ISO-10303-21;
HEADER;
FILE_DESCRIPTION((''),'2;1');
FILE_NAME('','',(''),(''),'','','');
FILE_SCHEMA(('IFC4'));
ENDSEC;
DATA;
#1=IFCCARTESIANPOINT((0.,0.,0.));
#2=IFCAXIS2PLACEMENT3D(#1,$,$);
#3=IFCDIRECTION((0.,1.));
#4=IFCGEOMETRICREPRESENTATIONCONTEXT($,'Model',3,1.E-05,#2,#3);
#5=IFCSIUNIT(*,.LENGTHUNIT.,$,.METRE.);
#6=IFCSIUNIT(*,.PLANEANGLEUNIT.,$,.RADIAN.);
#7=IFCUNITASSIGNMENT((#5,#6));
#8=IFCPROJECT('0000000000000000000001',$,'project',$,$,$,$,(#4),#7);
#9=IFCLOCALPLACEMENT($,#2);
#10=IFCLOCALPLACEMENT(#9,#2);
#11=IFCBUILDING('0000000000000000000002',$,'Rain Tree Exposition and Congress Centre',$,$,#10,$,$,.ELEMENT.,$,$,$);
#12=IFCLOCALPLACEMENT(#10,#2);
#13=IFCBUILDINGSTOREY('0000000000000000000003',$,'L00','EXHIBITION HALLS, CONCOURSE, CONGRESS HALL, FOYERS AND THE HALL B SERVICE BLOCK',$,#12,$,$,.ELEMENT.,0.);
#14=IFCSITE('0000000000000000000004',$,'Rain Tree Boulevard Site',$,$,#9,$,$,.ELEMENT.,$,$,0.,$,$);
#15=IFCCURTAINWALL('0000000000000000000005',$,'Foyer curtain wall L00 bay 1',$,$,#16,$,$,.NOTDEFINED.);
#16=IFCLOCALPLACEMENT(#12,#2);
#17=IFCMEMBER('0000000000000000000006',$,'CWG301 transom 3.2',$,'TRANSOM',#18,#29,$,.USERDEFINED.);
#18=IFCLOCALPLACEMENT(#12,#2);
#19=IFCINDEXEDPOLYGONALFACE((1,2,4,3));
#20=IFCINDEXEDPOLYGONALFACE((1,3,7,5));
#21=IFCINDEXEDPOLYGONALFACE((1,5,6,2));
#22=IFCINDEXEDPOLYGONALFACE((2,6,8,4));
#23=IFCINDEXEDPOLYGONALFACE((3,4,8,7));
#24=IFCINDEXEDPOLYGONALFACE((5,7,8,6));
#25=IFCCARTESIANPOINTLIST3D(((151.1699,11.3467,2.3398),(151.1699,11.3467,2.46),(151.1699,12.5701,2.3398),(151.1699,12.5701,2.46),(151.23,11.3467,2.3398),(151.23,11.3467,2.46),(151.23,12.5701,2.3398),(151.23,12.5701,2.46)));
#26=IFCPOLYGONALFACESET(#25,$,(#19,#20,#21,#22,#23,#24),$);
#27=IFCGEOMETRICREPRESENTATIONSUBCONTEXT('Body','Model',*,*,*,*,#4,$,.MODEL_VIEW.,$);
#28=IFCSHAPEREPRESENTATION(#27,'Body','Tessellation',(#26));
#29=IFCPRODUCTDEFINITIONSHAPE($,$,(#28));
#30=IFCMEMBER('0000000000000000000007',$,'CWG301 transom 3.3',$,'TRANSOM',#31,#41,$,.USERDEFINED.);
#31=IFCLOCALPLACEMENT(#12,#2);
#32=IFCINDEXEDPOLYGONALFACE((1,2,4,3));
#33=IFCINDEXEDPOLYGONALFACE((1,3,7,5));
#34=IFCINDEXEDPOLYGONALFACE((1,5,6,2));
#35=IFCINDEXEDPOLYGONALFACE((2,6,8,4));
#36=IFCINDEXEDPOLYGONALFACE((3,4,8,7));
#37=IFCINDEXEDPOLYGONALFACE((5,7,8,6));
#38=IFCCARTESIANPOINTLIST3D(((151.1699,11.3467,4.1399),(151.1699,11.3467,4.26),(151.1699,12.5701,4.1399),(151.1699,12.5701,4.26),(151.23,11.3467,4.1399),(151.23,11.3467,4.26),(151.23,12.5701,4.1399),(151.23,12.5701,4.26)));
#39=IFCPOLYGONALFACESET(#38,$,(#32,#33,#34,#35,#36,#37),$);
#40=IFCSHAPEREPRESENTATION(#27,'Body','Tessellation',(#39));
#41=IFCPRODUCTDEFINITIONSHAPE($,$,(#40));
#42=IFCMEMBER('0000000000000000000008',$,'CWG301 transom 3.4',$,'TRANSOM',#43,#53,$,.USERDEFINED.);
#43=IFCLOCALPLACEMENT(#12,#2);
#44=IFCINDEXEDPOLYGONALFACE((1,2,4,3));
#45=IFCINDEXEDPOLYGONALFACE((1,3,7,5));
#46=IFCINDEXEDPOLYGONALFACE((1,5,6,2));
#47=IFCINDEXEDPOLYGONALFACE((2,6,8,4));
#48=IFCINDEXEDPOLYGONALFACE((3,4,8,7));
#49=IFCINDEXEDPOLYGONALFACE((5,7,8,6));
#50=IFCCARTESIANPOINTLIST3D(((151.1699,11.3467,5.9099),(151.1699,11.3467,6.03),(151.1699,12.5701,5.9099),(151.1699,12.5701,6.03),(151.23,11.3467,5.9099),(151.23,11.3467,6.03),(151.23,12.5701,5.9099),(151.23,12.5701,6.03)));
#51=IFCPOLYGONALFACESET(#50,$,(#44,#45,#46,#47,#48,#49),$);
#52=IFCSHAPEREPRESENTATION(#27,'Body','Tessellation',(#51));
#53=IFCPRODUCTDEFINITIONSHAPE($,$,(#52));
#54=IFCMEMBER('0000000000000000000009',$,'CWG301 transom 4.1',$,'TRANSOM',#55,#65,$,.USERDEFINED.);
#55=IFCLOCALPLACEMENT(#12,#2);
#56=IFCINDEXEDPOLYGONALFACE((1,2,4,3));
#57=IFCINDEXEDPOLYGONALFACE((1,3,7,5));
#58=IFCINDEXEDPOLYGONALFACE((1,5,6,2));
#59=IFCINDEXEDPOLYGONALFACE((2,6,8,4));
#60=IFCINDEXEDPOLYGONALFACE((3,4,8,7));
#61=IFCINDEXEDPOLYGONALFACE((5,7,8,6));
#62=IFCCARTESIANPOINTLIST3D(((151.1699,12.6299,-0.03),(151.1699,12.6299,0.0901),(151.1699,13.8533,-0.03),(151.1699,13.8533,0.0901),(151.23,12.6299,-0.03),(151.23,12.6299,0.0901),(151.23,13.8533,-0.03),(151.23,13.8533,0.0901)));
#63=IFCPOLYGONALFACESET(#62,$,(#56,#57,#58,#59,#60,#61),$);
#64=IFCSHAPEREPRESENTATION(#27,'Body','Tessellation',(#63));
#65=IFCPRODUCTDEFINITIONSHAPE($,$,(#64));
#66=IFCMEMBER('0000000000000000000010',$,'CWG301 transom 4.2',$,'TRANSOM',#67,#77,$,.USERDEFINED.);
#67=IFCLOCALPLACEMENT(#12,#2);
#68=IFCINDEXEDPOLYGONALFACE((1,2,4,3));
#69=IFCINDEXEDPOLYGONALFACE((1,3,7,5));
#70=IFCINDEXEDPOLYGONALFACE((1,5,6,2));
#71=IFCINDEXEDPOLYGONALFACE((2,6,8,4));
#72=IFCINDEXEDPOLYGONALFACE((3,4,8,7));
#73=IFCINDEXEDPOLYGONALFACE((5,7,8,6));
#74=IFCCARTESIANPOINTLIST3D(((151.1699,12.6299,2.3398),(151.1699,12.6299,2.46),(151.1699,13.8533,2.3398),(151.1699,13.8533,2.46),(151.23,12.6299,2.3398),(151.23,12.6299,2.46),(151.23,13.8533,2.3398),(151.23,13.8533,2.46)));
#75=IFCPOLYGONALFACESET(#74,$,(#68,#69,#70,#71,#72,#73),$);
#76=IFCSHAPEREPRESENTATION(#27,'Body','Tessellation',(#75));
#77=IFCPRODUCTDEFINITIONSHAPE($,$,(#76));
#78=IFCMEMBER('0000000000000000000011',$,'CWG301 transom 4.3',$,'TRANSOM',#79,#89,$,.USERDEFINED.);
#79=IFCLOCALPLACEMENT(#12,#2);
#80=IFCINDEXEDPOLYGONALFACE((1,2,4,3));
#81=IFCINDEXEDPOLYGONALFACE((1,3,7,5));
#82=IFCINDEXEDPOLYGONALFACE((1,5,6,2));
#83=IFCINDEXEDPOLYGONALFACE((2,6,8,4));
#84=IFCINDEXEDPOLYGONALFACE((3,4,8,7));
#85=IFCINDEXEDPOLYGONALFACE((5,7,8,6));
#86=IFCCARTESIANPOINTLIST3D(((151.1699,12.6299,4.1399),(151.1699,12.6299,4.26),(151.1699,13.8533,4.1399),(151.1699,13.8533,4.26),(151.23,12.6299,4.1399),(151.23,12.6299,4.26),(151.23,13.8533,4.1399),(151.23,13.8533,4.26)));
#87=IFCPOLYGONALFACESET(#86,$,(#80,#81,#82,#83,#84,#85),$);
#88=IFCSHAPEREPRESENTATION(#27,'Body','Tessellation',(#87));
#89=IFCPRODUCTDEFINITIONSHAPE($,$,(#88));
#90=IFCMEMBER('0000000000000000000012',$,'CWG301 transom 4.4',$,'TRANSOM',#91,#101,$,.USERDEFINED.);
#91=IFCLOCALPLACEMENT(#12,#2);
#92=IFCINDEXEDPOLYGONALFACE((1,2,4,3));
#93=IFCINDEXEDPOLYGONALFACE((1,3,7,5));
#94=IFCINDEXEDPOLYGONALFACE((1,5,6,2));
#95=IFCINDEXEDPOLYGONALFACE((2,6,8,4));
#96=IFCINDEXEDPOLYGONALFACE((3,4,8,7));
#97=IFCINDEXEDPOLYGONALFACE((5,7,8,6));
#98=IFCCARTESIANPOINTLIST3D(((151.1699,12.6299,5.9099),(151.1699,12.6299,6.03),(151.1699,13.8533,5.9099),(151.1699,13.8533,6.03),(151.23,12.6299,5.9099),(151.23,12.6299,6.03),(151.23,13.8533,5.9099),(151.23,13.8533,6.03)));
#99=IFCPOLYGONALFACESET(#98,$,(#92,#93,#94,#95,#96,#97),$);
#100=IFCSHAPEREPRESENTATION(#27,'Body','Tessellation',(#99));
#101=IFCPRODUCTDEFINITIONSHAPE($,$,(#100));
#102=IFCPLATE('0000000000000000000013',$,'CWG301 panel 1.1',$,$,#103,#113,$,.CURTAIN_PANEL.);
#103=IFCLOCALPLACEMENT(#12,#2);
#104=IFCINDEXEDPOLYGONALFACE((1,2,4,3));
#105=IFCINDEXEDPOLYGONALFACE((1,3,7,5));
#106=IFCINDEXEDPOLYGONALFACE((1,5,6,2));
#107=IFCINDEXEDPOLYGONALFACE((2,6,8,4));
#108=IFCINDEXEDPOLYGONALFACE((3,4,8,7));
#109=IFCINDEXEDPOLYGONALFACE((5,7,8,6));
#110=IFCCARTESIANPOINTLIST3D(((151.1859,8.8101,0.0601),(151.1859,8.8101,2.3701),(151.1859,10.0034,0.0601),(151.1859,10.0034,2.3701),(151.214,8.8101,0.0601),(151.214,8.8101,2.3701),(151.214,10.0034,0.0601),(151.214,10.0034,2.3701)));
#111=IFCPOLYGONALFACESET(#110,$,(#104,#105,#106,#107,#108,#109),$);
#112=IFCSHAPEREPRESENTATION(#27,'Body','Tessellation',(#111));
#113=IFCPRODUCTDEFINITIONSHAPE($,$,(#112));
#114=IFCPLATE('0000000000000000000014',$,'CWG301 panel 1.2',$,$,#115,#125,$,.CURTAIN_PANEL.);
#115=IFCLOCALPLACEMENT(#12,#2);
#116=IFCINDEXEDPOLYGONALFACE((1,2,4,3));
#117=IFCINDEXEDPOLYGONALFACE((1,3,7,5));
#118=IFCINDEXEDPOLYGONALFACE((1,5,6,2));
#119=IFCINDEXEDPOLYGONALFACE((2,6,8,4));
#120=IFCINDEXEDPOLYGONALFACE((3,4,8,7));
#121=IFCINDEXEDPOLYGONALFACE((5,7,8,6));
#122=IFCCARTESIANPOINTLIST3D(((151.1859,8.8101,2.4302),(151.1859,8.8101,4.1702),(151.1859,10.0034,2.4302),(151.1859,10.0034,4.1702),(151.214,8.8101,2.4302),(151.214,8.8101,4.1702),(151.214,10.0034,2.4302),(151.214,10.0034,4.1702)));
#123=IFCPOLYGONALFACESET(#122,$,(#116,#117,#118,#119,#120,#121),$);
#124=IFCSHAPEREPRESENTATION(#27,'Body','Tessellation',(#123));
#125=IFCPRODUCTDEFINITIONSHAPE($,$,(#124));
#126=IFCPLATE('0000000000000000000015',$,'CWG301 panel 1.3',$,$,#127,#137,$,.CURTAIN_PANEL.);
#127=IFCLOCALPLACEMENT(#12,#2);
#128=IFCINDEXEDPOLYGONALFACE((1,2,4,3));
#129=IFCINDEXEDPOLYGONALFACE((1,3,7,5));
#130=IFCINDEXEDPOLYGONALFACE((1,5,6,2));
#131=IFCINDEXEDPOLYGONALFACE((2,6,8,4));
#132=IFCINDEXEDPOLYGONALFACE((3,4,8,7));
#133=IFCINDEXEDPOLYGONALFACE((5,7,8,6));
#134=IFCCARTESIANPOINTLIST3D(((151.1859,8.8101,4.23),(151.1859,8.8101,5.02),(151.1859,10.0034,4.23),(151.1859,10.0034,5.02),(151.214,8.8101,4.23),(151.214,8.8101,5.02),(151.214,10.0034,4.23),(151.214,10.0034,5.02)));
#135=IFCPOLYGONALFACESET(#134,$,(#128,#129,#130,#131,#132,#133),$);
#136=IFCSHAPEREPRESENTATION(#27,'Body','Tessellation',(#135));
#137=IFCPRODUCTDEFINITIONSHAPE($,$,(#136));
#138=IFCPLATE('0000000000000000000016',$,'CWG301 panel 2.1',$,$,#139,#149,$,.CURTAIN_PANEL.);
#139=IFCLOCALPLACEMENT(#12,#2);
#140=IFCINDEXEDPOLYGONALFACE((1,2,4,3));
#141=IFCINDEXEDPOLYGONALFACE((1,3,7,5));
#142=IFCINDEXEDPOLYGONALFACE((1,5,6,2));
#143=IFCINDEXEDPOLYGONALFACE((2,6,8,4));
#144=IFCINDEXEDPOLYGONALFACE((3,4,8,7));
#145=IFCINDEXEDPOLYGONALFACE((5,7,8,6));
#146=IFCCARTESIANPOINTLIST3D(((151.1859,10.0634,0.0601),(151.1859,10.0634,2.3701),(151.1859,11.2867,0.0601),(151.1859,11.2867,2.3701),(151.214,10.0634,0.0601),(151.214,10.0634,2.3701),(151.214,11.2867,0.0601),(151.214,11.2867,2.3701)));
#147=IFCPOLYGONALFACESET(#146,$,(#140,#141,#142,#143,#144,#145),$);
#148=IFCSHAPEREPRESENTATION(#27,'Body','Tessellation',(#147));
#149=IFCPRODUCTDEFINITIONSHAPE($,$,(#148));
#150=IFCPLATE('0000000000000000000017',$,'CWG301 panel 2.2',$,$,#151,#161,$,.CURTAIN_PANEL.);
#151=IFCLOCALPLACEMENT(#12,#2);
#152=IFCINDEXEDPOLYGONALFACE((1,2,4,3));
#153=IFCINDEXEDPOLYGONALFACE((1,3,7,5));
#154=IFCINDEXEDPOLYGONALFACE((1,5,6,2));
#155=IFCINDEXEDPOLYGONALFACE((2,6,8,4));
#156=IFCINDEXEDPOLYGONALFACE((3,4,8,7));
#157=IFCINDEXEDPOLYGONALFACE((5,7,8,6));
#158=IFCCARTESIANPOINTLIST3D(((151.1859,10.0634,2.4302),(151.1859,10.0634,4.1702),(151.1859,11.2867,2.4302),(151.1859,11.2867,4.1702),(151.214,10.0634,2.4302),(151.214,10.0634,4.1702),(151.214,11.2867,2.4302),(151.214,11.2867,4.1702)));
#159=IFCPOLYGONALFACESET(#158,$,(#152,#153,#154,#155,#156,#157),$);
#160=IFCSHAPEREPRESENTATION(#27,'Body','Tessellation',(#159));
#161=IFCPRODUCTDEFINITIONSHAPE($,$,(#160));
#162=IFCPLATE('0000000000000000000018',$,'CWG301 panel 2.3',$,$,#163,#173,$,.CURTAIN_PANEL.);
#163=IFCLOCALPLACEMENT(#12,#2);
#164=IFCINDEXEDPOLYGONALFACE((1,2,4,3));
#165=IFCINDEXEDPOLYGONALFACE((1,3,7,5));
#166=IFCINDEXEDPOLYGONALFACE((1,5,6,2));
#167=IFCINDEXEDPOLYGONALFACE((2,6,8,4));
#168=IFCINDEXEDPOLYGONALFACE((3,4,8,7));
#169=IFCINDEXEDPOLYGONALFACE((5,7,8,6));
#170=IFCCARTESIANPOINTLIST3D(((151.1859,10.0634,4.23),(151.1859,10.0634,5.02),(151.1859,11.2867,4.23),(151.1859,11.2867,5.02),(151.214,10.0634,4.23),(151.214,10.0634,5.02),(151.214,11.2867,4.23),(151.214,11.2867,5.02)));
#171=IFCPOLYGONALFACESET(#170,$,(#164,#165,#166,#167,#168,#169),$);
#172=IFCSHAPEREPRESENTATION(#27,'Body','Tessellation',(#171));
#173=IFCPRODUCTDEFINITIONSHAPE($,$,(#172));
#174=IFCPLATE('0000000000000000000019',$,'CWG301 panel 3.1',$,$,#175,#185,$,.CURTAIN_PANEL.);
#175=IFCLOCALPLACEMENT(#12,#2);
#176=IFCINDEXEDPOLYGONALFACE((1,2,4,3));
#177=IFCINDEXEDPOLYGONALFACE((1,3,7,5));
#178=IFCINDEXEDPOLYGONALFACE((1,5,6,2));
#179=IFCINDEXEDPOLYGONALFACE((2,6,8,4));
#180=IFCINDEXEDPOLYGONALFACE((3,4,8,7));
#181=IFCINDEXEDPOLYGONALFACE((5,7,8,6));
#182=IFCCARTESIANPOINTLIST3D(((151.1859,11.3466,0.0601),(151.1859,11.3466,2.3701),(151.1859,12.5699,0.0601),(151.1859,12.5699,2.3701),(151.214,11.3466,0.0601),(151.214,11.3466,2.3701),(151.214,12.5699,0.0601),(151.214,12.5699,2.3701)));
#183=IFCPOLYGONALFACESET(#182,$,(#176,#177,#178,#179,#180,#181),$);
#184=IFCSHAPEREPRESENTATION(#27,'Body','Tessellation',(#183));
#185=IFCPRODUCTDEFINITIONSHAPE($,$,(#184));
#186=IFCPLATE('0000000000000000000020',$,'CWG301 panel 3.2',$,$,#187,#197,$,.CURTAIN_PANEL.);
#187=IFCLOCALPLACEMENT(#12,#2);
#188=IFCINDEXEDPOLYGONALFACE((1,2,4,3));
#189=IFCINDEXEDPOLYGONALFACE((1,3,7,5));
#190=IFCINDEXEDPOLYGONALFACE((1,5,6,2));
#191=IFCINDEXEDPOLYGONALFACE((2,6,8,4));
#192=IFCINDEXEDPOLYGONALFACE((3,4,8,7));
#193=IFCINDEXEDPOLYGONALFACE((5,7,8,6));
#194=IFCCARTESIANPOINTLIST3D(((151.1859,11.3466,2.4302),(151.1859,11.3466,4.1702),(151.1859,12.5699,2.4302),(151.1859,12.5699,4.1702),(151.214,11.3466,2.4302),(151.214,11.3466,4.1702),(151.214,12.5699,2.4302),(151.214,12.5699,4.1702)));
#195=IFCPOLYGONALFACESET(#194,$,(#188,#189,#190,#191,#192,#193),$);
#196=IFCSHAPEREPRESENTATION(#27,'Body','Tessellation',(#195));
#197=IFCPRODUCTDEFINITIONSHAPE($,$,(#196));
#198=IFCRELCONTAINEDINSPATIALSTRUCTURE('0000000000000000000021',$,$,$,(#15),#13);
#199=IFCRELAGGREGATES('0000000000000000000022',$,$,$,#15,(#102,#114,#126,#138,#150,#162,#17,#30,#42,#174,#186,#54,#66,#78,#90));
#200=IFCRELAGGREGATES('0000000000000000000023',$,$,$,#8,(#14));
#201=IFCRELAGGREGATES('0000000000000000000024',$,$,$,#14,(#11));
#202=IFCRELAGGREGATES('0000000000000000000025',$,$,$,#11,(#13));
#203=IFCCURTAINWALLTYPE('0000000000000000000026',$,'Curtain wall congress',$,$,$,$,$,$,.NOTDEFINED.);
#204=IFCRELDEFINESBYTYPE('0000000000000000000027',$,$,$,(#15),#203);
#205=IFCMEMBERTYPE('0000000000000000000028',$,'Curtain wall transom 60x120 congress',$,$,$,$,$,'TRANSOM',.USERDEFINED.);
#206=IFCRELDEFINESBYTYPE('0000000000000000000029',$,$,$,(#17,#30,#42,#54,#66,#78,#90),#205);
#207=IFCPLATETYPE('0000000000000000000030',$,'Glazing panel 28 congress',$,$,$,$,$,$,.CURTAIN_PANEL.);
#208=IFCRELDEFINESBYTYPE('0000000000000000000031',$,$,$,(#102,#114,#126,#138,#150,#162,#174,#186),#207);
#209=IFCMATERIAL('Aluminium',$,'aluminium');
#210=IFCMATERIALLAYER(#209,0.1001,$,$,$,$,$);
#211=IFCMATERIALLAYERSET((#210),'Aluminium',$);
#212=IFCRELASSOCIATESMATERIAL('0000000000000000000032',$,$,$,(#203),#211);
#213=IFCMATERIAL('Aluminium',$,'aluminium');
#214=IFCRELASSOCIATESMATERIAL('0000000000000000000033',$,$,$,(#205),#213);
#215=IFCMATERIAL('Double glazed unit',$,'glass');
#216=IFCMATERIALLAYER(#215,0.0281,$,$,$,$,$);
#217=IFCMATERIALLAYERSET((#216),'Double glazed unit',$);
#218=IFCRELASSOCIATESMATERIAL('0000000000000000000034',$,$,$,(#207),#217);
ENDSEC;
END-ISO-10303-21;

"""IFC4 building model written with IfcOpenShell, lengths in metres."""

from ifc_helpers import new_model, si_unit, direction, frame, origin, origin_2d, place, context, subcontext, project, spatial, rectangle, extrude, material, layer, layer_set, material_profile, profile_set, type_object, element, aggregate, save


model = new_model("IFC4")

# Units and contexts
model_context = context("Model", 3, precision=1e-05, world=origin(), true_north=direction((0.0, 1.0)))
body_context = subcontext(model_context, "Body", "Model", "MODEL_VIEW")
ifc_project = project(units=[si_unit("LENGTHUNIT", "METRE"), si_unit("PLANEANGLEUNIT", "RADIAN")], contexts=[model_context])

# Site, building, storey
site_placement = place(None, origin())
site = spatial("IfcSite", under=ifc_project, at=site_placement, Name="Rain Tree Boulevard Site", CompositionType="ELEMENT", RefElevation=0.0)
building_placement = place(site_placement, origin())
building = spatial("IfcBuilding", under=site, at=building_placement, Name="Rain Tree Exposition and Congress Centre", CompositionType="ELEMENT")
storey_placement = place(building_placement, origin())
storey = spatial("IfcBuildingStorey", under=building, at=storey_placement, Name="L00", Description="EXHIBITION HALLS, CONCOURSE, CONGRESS HALL, FOYERS AND THE HALL B SERVICE BLOCK", CompositionType="ELEMENT", Elevation=0.0)

# Curtain wall, members, plates
ifc_material_1 = material(Name="Aluminium", Category="aluminium")
ifc_layer_1 = layer(ifc_material_1, 0.1001)
ifc_layer_set_1 = layer_set([ifc_layer_1], Name="Aluminium")
curtain_wall_type = type_object("IfcCurtainWallType", Name="Curtain wall congress", PredefinedType="NOTDEFINED", material=ifc_layer_set_1)
curtain_wall_placement = place(storey_placement, origin())
curtain_wall = element("IfcCurtainWall", 1, at=curtain_wall_placement, inside=storey, type_object=curtain_wall_type, Name="Foyer curtain wall L00 bay 1", PredefinedType="NOTDEFINED")
ifc_material_2 = material(Name="Aluminium", Category="aluminium")
ifc_material_profile_1 = material_profile(ifc_material_2, rectangle(XDim=0.0601, YDim=0.1201, at=origin_2d()), Name="AL 60x120")
ifc_profile_set_1 = profile_set([ifc_material_profile_1], Name="Aluminium")
member_type_1 = type_object("IfcMemberType", Name="Curtain wall transom 60x120 congress", ElementType="TRANSOM", PredefinedType="USERDEFINED", material=ifc_profile_set_1)
member_1_placement = place(storey_placement, frame((151.2, 11.3467, 2.3999), z_axis=(0.0, 1.0, 0.0), x_axis=(-1.0, 0.0, 0.0)))
member_1 = element("IfcMember", 2, at=member_1_placement, type_object=member_type_1, Name="CWG301 transom 3.2", ObjectType="TRANSOM", PredefinedType="USERDEFINED", context=body_context, shape_type="SweptSolid", body=[
    extrude(rectangle(XDim=0.0601, YDim=0.1201, at=origin_2d()), origin(), (0.0, 0.0, 1.0), 1.2234),
])
member_2_placement = place(storey_placement, frame((151.2, 11.3467, 4.2), z_axis=(0.0, 1.0, 0.0), x_axis=(-1.0, 0.0, 0.0)))
member_2 = element("IfcMember", 3, at=member_2_placement, type_object=member_type_1, Name="CWG301 transom 3.3", ObjectType="TRANSOM", PredefinedType="USERDEFINED", context=body_context, shape_type="SweptSolid", body=[
    extrude(rectangle(XDim=0.0601, YDim=0.1201, at=origin_2d()), origin(), (0.0, 0.0, 1.0), 1.2234),
])
member_3_placement = place(storey_placement, frame((151.2, 11.3467, 5.97), z_axis=(0.0, 1.0, 0.0), x_axis=(-1.0, 0.0, 0.0)))
member_3 = element("IfcMember", 4, at=member_3_placement, type_object=member_type_1, Name="CWG301 transom 3.4", ObjectType="TRANSOM", PredefinedType="USERDEFINED", context=body_context, shape_type="SweptSolid", body=[
    extrude(rectangle(XDim=0.0601, YDim=0.1201, at=origin_2d()), origin(), (0.0, 0.0, 1.0), 1.2234),
])
member_4_placement = place(storey_placement, frame((151.2, 12.6299, 0.03), z_axis=(0.0, 1.0, 0.0), x_axis=(-1.0, 0.0, 0.0)))
member_4 = element("IfcMember", 5, at=member_4_placement, type_object=member_type_1, Name="CWG301 transom 4.1", ObjectType="TRANSOM", PredefinedType="USERDEFINED", context=body_context, shape_type="SweptSolid", body=[
    extrude(rectangle(XDim=0.0601, YDim=0.1201, at=origin_2d()), origin(), (0.0, 0.0, 1.0), 1.2234),
])
member_5_placement = place(storey_placement, frame((151.2, 12.6299, 2.3999), z_axis=(0.0, 1.0, 0.0), x_axis=(-1.0, 0.0, 0.0)))
member_5 = element("IfcMember", 6, at=member_5_placement, type_object=member_type_1, Name="CWG301 transom 4.2", ObjectType="TRANSOM", PredefinedType="USERDEFINED", context=body_context, shape_type="SweptSolid", body=[
    extrude(rectangle(XDim=0.0601, YDim=0.1201, at=origin_2d()), origin(), (0.0, 0.0, 1.0), 1.2234),
])
member_6_placement = place(storey_placement, frame((151.2, 12.6299, 4.2), z_axis=(0.0, 1.0, 0.0), x_axis=(-1.0, 0.0, 0.0)))
member_6 = element("IfcMember", 7, at=member_6_placement, type_object=member_type_1, Name="CWG301 transom 4.3", ObjectType="TRANSOM", PredefinedType="USERDEFINED", context=body_context, shape_type="SweptSolid", body=[
    extrude(rectangle(XDim=0.0601, YDim=0.1201, at=origin_2d()), origin(), (0.0, 0.0, 1.0), 1.2234),
])
member_7_placement = place(storey_placement, frame((151.2, 12.6299, 5.97), z_axis=(0.0, 1.0, 0.0), x_axis=(-1.0, 0.0, 0.0)))
member_7 = element("IfcMember", 8, at=member_7_placement, type_object=member_type_1, Name="CWG301 transom 4.4", ObjectType="TRANSOM", PredefinedType="USERDEFINED", context=body_context, shape_type="SweptSolid", body=[
    extrude(rectangle(XDim=0.0601, YDim=0.1201, at=origin_2d()), origin(), (0.0, 0.0, 1.0), 1.2234),
])
ifc_material_3 = material(Name="Double glazed unit", Category="glass")
ifc_layer_2 = layer(ifc_material_3, 0.0281)
ifc_layer_set_2 = layer_set([ifc_layer_2], Name="Double glazed unit")
plate_type = type_object("IfcPlateType", Name="Glazing panel 28 congress", PredefinedType="CURTAIN_PANEL", material=ifc_layer_set_2)
plate_1_placement = place(storey_placement, frame((151.2, 9.4067, 0.0601), z_axis=(0.0, 0.0, 1.0), x_axis=(0.0, 1.0, 0.0)))
plate_1 = element("IfcPlate", 9, at=plate_1_placement, type_object=plate_type, Name="CWG301 panel 1.1", PredefinedType="CURTAIN_PANEL", context=body_context, shape_type="SweptSolid", body=[
    extrude(rectangle(XDim=1.1934, YDim=0.0281, at=origin_2d()), origin(), (0.0, 0.0, 1.0), 2.3101),
])
plate_2_placement = place(storey_placement, frame((151.2, 9.4067, 2.4302), z_axis=(0.0, 0.0, 1.0), x_axis=(0.0, 1.0, 0.0)))
plate_2 = element("IfcPlate", 10, at=plate_2_placement, type_object=plate_type, Name="CWG301 panel 1.2", PredefinedType="CURTAIN_PANEL", context=body_context, shape_type="SweptSolid", body=[
    extrude(rectangle(XDim=1.1934, YDim=0.0281, at=origin_2d()), origin(), (0.0, 0.0, 1.0), 1.74),
])
plate_3_placement = place(storey_placement, frame((151.2, 9.4067, 4.23), z_axis=(0.0, 0.0, 1.0), x_axis=(0.0, 1.0, 0.0)))
plate_3 = element("IfcPlate", 11, at=plate_3_placement, type_object=plate_type, Name="CWG301 panel 1.3", PredefinedType="CURTAIN_PANEL", context=body_context, shape_type="SweptSolid", body=[
    extrude(rectangle(XDim=1.1934, YDim=0.0281, at=origin_2d()), origin(), (0.0, 0.0, 1.0), 0.79),
])
plate_4_placement = place(storey_placement, frame((151.2, 10.675, 0.0601), z_axis=(0.0, 0.0, 1.0), x_axis=(0.0, 1.0, 0.0)))
plate_4 = element("IfcPlate", 12, at=plate_4_placement, type_object=plate_type, Name="CWG301 panel 2.1", PredefinedType="CURTAIN_PANEL", context=body_context, shape_type="SweptSolid", body=[
    extrude(rectangle(XDim=1.2234, YDim=0.0281, at=origin_2d()), origin(), (0.0, 0.0, 1.0), 2.3101),
])
plate_5_placement = place(storey_placement, frame((151.2, 10.675, 2.4302), z_axis=(0.0, 0.0, 1.0), x_axis=(0.0, 1.0, 0.0)))
plate_5 = element("IfcPlate", 13, at=plate_5_placement, type_object=plate_type, Name="CWG301 panel 2.2", PredefinedType="CURTAIN_PANEL", context=body_context, shape_type="SweptSolid", body=[
    extrude(rectangle(XDim=1.2234, YDim=0.0281, at=origin_2d()), origin(), (0.0, 0.0, 1.0), 1.74),
])
plate_6_placement = place(storey_placement, frame((151.2, 10.675, 4.23), z_axis=(0.0, 0.0, 1.0), x_axis=(0.0, 1.0, 0.0)))
plate_6 = element("IfcPlate", 14, at=plate_6_placement, type_object=plate_type, Name="CWG301 panel 2.3", PredefinedType="CURTAIN_PANEL", context=body_context, shape_type="SweptSolid", body=[
    extrude(rectangle(XDim=1.2234, YDim=0.0281, at=origin_2d()), origin(), (0.0, 0.0, 1.0), 0.79),
])
plate_7_placement = place(storey_placement, frame((151.2, 11.9583, 0.0601), z_axis=(0.0, 0.0, 1.0), x_axis=(0.0, 1.0, 0.0)))
plate_7 = element("IfcPlate", 15, at=plate_7_placement, type_object=plate_type, Name="CWG301 panel 3.1", PredefinedType="CURTAIN_PANEL", context=body_context, shape_type="SweptSolid", body=[
    extrude(rectangle(XDim=1.2234, YDim=0.0281, at=origin_2d()), origin(), (0.0, 0.0, 1.0), 2.3101),
])
plate_8_placement = place(storey_placement, frame((151.2, 11.9583, 2.4302), z_axis=(0.0, 0.0, 1.0), x_axis=(0.0, 1.0, 0.0)))
plate_8 = element("IfcPlate", 16, at=plate_8_placement, type_object=plate_type, Name="CWG301 panel 3.2", PredefinedType="CURTAIN_PANEL", context=body_context, shape_type="SweptSolid", body=[
    extrude(rectangle(XDim=1.2234, YDim=0.0281, at=origin_2d()), origin(), (0.0, 0.0, 1.0), 1.74),
])
aggregate(curtain_wall, [plate_1, plate_2, plate_3, plate_4, plate_5, plate_6, member_1, member_2, member_3, plate_7, plate_8, member_4, member_5, member_6, member_7])

save(model, "model.ifc")
